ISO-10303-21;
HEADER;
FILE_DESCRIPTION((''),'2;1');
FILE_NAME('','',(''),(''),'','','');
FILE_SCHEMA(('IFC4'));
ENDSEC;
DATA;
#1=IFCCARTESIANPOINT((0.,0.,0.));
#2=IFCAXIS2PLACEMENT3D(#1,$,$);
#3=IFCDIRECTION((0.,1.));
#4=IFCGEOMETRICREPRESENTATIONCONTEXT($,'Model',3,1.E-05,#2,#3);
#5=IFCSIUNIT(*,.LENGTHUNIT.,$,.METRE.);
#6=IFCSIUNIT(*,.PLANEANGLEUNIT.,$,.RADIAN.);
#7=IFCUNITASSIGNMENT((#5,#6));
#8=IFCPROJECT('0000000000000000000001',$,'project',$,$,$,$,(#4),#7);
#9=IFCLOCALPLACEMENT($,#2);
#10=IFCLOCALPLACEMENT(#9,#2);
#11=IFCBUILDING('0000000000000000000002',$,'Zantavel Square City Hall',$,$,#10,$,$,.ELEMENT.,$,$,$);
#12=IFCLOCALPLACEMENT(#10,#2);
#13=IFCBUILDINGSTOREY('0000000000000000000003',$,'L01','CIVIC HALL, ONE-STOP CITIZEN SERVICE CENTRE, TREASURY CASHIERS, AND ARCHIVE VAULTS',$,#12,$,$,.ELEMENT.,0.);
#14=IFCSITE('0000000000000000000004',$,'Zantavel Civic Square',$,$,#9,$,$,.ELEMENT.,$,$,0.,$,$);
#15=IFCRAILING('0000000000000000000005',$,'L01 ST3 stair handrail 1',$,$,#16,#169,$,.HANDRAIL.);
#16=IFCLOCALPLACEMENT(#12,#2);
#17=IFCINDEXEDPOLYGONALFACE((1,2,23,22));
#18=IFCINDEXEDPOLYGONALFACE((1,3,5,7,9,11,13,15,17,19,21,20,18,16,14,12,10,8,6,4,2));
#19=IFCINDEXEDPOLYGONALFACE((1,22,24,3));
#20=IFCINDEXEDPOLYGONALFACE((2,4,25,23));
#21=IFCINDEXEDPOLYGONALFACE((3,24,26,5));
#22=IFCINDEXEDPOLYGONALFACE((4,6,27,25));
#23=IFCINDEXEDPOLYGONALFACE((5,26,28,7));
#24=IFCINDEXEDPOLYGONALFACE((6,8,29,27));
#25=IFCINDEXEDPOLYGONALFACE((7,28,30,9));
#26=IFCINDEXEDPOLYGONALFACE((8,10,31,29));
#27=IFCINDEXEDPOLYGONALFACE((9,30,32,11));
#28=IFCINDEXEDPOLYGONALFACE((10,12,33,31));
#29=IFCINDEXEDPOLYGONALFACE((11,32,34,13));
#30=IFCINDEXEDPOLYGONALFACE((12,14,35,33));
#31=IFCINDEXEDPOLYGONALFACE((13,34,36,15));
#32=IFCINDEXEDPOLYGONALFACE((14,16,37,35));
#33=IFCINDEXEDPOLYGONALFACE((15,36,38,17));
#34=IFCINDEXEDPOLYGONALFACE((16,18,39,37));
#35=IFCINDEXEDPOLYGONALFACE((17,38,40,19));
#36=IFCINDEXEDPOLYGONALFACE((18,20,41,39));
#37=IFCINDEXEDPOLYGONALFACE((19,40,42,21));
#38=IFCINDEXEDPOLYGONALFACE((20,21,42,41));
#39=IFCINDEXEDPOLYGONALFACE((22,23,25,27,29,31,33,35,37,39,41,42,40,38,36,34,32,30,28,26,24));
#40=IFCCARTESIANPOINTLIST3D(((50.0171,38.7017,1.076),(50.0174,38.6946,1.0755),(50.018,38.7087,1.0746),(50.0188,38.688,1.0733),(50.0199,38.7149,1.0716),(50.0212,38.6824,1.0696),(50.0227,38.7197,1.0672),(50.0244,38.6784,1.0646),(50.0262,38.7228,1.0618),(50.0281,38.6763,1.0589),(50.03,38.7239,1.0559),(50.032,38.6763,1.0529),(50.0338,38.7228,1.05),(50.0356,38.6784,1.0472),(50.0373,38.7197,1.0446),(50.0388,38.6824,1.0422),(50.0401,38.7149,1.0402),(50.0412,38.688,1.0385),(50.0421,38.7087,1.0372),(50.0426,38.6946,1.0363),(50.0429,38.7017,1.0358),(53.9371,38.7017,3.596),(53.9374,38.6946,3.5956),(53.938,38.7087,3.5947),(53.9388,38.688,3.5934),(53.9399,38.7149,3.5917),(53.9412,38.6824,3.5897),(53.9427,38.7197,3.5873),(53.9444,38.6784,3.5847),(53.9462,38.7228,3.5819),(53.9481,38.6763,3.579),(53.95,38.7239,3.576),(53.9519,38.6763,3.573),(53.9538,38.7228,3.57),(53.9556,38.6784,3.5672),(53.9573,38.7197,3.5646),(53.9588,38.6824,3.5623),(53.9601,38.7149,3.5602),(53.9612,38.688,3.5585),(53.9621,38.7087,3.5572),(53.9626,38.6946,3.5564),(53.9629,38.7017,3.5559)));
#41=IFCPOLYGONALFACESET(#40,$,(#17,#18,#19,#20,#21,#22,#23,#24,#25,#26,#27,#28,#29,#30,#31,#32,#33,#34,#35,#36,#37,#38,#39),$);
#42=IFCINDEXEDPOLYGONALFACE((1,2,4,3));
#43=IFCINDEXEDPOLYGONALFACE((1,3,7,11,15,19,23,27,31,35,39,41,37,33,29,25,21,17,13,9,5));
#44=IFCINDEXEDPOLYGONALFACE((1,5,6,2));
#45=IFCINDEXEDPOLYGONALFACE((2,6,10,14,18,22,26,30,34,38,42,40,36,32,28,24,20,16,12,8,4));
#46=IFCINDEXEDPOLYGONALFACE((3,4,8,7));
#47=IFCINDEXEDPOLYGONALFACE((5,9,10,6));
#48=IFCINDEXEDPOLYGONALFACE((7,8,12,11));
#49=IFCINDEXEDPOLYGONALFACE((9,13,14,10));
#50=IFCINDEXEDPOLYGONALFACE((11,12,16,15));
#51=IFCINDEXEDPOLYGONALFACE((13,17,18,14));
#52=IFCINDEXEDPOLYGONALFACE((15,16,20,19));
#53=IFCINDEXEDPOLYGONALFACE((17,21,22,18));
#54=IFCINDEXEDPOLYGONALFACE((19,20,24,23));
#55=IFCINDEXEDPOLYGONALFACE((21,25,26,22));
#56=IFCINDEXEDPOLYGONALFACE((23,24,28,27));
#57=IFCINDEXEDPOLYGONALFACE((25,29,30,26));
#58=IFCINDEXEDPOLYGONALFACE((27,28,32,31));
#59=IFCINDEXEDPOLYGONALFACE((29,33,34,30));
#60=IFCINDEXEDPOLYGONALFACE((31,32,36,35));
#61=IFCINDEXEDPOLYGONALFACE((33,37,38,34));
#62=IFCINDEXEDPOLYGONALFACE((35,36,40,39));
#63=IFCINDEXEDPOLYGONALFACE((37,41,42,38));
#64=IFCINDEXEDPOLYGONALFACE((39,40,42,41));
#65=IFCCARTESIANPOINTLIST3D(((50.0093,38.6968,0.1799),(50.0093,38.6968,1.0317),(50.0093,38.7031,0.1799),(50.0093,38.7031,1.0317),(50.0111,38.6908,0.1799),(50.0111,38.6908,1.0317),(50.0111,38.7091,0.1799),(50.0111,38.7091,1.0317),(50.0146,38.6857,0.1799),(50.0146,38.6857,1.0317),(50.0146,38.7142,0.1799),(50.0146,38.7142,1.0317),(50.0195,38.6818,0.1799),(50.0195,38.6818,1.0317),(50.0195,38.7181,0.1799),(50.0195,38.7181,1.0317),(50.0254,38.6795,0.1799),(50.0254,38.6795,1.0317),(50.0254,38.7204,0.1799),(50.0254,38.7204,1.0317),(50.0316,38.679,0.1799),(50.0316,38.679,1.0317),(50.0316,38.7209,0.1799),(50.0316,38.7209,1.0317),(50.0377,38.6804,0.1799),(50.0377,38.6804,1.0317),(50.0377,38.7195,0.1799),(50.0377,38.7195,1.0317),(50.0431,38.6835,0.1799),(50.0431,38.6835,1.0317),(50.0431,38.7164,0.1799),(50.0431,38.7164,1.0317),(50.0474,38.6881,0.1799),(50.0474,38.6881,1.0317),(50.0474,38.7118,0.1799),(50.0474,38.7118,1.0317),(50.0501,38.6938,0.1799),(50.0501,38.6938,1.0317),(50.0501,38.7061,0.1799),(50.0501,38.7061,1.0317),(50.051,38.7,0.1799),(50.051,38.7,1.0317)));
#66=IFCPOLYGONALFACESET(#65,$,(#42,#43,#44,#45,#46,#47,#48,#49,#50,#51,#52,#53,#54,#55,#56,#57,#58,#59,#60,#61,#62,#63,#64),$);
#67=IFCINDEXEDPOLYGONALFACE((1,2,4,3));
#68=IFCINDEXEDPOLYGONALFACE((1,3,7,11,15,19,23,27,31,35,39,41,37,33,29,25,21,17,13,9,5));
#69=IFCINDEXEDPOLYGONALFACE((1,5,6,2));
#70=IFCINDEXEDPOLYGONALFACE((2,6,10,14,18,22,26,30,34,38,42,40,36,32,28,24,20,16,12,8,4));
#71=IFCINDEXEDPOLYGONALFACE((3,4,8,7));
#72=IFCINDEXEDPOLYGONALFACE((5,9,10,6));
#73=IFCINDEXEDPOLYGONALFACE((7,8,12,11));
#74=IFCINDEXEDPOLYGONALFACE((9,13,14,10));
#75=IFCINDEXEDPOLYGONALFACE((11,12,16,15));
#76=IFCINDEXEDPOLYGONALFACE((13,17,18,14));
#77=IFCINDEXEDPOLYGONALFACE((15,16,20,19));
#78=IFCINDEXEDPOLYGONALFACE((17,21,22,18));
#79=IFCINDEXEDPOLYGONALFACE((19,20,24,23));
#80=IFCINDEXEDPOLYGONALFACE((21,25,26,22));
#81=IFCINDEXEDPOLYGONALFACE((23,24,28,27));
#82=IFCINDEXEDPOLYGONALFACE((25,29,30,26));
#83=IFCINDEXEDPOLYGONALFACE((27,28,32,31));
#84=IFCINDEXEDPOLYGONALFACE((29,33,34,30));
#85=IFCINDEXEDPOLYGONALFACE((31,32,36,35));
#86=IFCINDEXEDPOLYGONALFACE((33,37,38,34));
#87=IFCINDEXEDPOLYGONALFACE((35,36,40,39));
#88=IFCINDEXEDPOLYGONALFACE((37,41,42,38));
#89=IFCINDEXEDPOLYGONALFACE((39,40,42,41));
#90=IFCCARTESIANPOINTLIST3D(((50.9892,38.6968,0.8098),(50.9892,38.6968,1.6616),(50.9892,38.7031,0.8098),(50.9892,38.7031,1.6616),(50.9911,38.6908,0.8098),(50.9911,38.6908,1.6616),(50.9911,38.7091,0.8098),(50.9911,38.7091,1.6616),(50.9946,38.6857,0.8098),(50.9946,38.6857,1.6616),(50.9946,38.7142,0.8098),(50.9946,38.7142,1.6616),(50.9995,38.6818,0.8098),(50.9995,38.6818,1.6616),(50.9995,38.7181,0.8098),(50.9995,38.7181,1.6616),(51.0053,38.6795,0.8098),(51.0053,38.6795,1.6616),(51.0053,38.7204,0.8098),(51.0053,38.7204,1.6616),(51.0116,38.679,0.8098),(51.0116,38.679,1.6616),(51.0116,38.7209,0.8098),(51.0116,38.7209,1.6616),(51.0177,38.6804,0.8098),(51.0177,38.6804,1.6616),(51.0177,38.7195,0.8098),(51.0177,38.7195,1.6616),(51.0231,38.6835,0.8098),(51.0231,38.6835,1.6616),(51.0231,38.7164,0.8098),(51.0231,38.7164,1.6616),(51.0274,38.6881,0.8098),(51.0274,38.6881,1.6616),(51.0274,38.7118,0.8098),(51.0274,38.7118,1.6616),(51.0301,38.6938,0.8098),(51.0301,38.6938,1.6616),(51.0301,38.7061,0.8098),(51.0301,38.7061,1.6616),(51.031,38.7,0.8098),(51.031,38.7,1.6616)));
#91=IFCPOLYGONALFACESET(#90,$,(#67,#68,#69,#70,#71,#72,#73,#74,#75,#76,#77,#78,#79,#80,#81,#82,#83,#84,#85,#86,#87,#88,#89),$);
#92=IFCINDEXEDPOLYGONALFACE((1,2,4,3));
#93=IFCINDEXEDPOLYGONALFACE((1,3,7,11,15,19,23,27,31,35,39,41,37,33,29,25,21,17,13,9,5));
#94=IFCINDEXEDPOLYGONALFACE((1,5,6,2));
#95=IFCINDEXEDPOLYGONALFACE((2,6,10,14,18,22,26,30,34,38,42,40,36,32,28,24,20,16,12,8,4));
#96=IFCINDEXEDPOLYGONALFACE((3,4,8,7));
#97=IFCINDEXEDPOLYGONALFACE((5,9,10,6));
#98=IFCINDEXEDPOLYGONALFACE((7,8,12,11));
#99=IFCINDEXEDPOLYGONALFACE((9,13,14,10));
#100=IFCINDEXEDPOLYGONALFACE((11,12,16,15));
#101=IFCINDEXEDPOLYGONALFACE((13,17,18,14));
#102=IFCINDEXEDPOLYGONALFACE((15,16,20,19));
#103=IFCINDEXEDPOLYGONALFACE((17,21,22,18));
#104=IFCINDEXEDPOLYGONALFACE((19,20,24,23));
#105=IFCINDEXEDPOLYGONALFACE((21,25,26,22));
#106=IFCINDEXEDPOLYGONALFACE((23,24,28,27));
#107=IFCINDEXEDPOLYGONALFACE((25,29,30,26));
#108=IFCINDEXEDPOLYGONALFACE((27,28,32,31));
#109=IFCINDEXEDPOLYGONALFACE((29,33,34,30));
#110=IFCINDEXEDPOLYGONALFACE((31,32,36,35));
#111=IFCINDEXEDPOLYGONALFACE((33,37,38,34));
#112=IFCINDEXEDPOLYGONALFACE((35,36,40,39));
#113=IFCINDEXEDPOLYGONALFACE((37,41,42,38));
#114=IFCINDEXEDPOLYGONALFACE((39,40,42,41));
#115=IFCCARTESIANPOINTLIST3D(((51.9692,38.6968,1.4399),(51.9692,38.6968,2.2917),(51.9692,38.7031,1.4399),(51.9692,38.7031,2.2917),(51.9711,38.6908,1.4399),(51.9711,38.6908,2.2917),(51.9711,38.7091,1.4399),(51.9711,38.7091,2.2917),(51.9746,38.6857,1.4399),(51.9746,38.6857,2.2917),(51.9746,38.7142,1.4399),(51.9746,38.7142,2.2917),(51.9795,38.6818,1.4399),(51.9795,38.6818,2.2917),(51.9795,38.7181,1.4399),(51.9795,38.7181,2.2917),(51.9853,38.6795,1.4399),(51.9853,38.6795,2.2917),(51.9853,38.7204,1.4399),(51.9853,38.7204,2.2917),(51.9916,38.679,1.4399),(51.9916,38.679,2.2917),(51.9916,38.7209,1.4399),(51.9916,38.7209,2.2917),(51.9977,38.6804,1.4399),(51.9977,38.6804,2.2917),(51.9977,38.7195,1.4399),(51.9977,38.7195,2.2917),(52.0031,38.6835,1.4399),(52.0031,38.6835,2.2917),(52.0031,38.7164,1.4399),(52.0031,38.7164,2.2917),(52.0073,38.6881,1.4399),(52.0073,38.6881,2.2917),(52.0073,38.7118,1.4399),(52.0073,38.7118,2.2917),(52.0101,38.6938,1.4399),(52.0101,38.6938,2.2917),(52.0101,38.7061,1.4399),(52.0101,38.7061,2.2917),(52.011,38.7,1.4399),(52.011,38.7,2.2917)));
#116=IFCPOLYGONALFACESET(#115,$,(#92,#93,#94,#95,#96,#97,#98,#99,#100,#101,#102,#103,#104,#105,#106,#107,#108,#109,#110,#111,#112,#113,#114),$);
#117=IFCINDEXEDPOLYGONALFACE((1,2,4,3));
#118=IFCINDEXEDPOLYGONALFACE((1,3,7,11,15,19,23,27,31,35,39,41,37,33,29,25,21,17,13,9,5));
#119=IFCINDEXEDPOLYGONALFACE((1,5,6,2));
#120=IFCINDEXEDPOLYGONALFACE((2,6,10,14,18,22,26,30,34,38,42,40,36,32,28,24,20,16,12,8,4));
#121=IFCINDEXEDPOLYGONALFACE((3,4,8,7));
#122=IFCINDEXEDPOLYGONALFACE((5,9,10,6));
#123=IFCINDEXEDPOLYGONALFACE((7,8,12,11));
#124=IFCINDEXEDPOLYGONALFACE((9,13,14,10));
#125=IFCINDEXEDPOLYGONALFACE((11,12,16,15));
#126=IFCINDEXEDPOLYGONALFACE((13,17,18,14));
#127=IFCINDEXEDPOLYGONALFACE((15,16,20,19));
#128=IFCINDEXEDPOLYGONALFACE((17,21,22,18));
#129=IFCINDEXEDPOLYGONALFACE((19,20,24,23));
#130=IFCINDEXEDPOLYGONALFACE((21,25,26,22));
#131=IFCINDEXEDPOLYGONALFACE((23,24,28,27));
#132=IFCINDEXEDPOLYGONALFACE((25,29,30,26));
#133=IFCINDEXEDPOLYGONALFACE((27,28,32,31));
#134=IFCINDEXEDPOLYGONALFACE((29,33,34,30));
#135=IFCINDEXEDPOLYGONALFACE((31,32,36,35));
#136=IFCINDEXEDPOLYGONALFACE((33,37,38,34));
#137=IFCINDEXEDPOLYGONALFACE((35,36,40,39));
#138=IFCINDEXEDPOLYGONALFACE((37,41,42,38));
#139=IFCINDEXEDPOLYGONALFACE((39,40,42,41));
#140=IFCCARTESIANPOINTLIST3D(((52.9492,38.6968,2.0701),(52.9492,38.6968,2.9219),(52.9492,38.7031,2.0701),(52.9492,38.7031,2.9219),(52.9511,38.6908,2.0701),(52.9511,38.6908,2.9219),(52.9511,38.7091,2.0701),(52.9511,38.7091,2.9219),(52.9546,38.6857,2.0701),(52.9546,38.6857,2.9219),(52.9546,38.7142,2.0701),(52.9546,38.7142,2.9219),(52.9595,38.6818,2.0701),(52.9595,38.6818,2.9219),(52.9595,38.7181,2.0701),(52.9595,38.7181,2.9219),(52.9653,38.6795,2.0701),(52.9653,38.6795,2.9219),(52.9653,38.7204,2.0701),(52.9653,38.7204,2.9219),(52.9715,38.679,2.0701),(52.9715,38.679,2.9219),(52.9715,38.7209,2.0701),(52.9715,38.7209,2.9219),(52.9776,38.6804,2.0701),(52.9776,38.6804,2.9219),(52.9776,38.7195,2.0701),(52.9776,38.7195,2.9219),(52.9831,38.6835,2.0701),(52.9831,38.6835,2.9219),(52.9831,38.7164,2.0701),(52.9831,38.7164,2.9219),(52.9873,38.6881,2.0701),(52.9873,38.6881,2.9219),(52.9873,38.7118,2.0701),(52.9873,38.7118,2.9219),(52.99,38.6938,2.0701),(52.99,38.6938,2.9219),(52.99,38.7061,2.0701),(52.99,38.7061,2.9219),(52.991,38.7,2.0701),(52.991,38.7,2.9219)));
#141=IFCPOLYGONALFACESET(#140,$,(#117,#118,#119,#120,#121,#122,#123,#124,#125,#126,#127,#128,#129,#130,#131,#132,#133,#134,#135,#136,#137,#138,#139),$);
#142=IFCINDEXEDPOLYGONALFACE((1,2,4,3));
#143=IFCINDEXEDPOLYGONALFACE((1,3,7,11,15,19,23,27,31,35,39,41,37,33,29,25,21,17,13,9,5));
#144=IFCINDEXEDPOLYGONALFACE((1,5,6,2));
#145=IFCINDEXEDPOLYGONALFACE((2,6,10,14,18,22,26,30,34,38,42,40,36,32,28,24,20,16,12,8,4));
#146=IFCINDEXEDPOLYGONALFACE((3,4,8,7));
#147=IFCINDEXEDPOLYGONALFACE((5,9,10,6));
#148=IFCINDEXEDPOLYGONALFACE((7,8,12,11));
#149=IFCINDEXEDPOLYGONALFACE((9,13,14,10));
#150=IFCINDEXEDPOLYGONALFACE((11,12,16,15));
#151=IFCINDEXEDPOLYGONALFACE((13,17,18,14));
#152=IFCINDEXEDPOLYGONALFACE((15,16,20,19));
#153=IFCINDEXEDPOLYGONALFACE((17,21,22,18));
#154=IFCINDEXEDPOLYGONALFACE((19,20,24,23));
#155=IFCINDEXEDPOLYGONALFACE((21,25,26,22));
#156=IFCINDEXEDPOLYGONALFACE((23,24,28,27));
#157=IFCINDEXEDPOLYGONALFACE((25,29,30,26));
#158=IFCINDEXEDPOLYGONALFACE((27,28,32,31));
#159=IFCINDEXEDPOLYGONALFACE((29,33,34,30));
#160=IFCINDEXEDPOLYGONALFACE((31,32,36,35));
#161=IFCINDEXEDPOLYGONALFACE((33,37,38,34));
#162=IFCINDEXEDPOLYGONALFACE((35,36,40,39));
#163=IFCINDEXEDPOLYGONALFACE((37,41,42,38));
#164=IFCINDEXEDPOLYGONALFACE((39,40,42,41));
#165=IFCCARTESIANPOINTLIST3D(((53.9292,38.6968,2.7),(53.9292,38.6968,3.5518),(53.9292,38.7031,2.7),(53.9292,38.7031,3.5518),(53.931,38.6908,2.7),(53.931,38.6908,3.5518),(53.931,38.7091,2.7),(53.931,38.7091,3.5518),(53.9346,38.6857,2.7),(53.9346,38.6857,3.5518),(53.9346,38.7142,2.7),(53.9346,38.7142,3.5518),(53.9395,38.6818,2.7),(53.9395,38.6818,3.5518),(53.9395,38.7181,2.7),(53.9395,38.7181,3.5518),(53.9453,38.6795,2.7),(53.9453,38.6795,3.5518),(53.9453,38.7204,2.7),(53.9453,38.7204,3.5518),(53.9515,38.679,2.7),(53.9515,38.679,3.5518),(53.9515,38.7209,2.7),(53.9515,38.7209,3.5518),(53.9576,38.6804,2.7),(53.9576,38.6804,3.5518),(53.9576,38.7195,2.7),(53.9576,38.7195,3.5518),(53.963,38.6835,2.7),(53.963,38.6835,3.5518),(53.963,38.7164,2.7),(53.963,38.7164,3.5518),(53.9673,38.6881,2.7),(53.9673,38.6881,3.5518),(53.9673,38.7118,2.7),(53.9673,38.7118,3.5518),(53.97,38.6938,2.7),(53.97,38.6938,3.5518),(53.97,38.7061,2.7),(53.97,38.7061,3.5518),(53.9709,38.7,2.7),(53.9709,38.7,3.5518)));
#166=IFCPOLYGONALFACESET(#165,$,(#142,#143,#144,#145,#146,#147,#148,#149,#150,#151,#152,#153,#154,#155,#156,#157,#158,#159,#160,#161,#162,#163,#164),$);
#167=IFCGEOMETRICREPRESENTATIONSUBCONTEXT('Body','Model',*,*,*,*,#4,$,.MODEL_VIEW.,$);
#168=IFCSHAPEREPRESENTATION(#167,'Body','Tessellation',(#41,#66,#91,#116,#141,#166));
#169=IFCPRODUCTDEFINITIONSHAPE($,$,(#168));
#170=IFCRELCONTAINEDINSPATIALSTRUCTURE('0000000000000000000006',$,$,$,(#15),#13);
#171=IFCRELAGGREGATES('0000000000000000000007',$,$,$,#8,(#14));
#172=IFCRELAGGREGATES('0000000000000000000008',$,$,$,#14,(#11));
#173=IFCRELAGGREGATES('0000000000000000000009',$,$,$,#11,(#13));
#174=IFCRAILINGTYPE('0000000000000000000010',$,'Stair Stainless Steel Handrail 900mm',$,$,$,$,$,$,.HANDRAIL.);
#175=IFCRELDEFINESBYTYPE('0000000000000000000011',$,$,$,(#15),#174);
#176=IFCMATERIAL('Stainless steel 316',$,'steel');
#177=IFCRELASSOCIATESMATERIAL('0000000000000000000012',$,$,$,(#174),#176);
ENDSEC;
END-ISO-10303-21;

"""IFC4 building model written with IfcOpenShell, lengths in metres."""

from ifc_helpers import new_model, si_unit, direction, frame, origin, origin_2d, place, context, subcontext, project, spatial, circle, extrude, material, type_object, element, save


model = new_model("IFC4")

# Units and contexts
model_context = context("Model", 3, precision=1e-05, world=origin(), true_north=direction((0.0, 1.0)))
body_context = subcontext(model_context, "Body", "Model", "MODEL_VIEW")
ifc_project = project(units=[si_unit("LENGTHUNIT", "METRE"), si_unit("PLANEANGLEUNIT", "RADIAN")], contexts=[model_context])

# Site, building, storey
site_placement = place(None, origin())
site = spatial("IfcSite", under=ifc_project, at=site_placement, Name="Zantavel Civic Square", CompositionType="ELEMENT", RefElevation=0.0)
building_placement = place(site_placement, origin())
building = spatial("IfcBuilding", under=site, at=building_placement, Name="Zantavel Square City Hall", CompositionType="ELEMENT")
storey_placement = place(building_placement, origin())
storey = spatial("IfcBuildingStorey", under=building, at=storey_placement, Name="L01", Description="CIVIC HALL, ONE-STOP CITIZEN SERVICE CENTRE, TREASURY CASHIERS, AND ARCHIVE VAULTS", CompositionType="ELEMENT", Elevation=0.0)

# Railing
ifc_material_1 = material(Name="Stainless steel 316", Category="steel")
railing_type_1 = type_object("IfcRailingType", Name="Stair Stainless Steel Handrail 900mm", PredefinedType="HANDRAIL", material=ifc_material_1)
railing_1_placement = place(storey_placement, frame((50.03, 38.7, 0.1799)))
element("IfcRailing", 1, at=railing_1_placement, inside=storey, type_object=railing_type_1, Name="L01 ST3 stair handrail 1", PredefinedType="HANDRAIL", context=body_context, shape_type="SweptSolid", body=[
    extrude(circle(Radius=0.0239, at=origin_2d()), frame((0.0, 0.0, 0.876), z_axis=(0.841172, 0.0, 0.540768), x_axis=(0.0, 1.0, 0.0)), (0.0, 0.0, 1.0), 4.6602),
    extrude(circle(Radius=0.021, at=origin_2d()), origin(), (0.0, 0.0, 1.0), 0.8518),
    extrude(circle(Radius=0.021, at=origin_2d()), frame((0.98, 0.0, 0.6299)), (0.0, 0.0, 1.0), 0.8518),
    extrude(circle(Radius=0.021, at=origin_2d()), frame((1.96, 0.0, 1.26)), (0.0, 0.0, 1.0), 0.8518),
    extrude(circle(Radius=0.021, at=origin_2d()), frame((2.9399, 0.0, 1.8901)), (0.0, 0.0, 1.0), 0.8518),
    extrude(circle(Radius=0.021, at=origin_2d()), frame((3.9199, 0.0, 2.52)), (0.0, 0.0, 1.0), 0.8518),
])

save(model, "model.ifc")
